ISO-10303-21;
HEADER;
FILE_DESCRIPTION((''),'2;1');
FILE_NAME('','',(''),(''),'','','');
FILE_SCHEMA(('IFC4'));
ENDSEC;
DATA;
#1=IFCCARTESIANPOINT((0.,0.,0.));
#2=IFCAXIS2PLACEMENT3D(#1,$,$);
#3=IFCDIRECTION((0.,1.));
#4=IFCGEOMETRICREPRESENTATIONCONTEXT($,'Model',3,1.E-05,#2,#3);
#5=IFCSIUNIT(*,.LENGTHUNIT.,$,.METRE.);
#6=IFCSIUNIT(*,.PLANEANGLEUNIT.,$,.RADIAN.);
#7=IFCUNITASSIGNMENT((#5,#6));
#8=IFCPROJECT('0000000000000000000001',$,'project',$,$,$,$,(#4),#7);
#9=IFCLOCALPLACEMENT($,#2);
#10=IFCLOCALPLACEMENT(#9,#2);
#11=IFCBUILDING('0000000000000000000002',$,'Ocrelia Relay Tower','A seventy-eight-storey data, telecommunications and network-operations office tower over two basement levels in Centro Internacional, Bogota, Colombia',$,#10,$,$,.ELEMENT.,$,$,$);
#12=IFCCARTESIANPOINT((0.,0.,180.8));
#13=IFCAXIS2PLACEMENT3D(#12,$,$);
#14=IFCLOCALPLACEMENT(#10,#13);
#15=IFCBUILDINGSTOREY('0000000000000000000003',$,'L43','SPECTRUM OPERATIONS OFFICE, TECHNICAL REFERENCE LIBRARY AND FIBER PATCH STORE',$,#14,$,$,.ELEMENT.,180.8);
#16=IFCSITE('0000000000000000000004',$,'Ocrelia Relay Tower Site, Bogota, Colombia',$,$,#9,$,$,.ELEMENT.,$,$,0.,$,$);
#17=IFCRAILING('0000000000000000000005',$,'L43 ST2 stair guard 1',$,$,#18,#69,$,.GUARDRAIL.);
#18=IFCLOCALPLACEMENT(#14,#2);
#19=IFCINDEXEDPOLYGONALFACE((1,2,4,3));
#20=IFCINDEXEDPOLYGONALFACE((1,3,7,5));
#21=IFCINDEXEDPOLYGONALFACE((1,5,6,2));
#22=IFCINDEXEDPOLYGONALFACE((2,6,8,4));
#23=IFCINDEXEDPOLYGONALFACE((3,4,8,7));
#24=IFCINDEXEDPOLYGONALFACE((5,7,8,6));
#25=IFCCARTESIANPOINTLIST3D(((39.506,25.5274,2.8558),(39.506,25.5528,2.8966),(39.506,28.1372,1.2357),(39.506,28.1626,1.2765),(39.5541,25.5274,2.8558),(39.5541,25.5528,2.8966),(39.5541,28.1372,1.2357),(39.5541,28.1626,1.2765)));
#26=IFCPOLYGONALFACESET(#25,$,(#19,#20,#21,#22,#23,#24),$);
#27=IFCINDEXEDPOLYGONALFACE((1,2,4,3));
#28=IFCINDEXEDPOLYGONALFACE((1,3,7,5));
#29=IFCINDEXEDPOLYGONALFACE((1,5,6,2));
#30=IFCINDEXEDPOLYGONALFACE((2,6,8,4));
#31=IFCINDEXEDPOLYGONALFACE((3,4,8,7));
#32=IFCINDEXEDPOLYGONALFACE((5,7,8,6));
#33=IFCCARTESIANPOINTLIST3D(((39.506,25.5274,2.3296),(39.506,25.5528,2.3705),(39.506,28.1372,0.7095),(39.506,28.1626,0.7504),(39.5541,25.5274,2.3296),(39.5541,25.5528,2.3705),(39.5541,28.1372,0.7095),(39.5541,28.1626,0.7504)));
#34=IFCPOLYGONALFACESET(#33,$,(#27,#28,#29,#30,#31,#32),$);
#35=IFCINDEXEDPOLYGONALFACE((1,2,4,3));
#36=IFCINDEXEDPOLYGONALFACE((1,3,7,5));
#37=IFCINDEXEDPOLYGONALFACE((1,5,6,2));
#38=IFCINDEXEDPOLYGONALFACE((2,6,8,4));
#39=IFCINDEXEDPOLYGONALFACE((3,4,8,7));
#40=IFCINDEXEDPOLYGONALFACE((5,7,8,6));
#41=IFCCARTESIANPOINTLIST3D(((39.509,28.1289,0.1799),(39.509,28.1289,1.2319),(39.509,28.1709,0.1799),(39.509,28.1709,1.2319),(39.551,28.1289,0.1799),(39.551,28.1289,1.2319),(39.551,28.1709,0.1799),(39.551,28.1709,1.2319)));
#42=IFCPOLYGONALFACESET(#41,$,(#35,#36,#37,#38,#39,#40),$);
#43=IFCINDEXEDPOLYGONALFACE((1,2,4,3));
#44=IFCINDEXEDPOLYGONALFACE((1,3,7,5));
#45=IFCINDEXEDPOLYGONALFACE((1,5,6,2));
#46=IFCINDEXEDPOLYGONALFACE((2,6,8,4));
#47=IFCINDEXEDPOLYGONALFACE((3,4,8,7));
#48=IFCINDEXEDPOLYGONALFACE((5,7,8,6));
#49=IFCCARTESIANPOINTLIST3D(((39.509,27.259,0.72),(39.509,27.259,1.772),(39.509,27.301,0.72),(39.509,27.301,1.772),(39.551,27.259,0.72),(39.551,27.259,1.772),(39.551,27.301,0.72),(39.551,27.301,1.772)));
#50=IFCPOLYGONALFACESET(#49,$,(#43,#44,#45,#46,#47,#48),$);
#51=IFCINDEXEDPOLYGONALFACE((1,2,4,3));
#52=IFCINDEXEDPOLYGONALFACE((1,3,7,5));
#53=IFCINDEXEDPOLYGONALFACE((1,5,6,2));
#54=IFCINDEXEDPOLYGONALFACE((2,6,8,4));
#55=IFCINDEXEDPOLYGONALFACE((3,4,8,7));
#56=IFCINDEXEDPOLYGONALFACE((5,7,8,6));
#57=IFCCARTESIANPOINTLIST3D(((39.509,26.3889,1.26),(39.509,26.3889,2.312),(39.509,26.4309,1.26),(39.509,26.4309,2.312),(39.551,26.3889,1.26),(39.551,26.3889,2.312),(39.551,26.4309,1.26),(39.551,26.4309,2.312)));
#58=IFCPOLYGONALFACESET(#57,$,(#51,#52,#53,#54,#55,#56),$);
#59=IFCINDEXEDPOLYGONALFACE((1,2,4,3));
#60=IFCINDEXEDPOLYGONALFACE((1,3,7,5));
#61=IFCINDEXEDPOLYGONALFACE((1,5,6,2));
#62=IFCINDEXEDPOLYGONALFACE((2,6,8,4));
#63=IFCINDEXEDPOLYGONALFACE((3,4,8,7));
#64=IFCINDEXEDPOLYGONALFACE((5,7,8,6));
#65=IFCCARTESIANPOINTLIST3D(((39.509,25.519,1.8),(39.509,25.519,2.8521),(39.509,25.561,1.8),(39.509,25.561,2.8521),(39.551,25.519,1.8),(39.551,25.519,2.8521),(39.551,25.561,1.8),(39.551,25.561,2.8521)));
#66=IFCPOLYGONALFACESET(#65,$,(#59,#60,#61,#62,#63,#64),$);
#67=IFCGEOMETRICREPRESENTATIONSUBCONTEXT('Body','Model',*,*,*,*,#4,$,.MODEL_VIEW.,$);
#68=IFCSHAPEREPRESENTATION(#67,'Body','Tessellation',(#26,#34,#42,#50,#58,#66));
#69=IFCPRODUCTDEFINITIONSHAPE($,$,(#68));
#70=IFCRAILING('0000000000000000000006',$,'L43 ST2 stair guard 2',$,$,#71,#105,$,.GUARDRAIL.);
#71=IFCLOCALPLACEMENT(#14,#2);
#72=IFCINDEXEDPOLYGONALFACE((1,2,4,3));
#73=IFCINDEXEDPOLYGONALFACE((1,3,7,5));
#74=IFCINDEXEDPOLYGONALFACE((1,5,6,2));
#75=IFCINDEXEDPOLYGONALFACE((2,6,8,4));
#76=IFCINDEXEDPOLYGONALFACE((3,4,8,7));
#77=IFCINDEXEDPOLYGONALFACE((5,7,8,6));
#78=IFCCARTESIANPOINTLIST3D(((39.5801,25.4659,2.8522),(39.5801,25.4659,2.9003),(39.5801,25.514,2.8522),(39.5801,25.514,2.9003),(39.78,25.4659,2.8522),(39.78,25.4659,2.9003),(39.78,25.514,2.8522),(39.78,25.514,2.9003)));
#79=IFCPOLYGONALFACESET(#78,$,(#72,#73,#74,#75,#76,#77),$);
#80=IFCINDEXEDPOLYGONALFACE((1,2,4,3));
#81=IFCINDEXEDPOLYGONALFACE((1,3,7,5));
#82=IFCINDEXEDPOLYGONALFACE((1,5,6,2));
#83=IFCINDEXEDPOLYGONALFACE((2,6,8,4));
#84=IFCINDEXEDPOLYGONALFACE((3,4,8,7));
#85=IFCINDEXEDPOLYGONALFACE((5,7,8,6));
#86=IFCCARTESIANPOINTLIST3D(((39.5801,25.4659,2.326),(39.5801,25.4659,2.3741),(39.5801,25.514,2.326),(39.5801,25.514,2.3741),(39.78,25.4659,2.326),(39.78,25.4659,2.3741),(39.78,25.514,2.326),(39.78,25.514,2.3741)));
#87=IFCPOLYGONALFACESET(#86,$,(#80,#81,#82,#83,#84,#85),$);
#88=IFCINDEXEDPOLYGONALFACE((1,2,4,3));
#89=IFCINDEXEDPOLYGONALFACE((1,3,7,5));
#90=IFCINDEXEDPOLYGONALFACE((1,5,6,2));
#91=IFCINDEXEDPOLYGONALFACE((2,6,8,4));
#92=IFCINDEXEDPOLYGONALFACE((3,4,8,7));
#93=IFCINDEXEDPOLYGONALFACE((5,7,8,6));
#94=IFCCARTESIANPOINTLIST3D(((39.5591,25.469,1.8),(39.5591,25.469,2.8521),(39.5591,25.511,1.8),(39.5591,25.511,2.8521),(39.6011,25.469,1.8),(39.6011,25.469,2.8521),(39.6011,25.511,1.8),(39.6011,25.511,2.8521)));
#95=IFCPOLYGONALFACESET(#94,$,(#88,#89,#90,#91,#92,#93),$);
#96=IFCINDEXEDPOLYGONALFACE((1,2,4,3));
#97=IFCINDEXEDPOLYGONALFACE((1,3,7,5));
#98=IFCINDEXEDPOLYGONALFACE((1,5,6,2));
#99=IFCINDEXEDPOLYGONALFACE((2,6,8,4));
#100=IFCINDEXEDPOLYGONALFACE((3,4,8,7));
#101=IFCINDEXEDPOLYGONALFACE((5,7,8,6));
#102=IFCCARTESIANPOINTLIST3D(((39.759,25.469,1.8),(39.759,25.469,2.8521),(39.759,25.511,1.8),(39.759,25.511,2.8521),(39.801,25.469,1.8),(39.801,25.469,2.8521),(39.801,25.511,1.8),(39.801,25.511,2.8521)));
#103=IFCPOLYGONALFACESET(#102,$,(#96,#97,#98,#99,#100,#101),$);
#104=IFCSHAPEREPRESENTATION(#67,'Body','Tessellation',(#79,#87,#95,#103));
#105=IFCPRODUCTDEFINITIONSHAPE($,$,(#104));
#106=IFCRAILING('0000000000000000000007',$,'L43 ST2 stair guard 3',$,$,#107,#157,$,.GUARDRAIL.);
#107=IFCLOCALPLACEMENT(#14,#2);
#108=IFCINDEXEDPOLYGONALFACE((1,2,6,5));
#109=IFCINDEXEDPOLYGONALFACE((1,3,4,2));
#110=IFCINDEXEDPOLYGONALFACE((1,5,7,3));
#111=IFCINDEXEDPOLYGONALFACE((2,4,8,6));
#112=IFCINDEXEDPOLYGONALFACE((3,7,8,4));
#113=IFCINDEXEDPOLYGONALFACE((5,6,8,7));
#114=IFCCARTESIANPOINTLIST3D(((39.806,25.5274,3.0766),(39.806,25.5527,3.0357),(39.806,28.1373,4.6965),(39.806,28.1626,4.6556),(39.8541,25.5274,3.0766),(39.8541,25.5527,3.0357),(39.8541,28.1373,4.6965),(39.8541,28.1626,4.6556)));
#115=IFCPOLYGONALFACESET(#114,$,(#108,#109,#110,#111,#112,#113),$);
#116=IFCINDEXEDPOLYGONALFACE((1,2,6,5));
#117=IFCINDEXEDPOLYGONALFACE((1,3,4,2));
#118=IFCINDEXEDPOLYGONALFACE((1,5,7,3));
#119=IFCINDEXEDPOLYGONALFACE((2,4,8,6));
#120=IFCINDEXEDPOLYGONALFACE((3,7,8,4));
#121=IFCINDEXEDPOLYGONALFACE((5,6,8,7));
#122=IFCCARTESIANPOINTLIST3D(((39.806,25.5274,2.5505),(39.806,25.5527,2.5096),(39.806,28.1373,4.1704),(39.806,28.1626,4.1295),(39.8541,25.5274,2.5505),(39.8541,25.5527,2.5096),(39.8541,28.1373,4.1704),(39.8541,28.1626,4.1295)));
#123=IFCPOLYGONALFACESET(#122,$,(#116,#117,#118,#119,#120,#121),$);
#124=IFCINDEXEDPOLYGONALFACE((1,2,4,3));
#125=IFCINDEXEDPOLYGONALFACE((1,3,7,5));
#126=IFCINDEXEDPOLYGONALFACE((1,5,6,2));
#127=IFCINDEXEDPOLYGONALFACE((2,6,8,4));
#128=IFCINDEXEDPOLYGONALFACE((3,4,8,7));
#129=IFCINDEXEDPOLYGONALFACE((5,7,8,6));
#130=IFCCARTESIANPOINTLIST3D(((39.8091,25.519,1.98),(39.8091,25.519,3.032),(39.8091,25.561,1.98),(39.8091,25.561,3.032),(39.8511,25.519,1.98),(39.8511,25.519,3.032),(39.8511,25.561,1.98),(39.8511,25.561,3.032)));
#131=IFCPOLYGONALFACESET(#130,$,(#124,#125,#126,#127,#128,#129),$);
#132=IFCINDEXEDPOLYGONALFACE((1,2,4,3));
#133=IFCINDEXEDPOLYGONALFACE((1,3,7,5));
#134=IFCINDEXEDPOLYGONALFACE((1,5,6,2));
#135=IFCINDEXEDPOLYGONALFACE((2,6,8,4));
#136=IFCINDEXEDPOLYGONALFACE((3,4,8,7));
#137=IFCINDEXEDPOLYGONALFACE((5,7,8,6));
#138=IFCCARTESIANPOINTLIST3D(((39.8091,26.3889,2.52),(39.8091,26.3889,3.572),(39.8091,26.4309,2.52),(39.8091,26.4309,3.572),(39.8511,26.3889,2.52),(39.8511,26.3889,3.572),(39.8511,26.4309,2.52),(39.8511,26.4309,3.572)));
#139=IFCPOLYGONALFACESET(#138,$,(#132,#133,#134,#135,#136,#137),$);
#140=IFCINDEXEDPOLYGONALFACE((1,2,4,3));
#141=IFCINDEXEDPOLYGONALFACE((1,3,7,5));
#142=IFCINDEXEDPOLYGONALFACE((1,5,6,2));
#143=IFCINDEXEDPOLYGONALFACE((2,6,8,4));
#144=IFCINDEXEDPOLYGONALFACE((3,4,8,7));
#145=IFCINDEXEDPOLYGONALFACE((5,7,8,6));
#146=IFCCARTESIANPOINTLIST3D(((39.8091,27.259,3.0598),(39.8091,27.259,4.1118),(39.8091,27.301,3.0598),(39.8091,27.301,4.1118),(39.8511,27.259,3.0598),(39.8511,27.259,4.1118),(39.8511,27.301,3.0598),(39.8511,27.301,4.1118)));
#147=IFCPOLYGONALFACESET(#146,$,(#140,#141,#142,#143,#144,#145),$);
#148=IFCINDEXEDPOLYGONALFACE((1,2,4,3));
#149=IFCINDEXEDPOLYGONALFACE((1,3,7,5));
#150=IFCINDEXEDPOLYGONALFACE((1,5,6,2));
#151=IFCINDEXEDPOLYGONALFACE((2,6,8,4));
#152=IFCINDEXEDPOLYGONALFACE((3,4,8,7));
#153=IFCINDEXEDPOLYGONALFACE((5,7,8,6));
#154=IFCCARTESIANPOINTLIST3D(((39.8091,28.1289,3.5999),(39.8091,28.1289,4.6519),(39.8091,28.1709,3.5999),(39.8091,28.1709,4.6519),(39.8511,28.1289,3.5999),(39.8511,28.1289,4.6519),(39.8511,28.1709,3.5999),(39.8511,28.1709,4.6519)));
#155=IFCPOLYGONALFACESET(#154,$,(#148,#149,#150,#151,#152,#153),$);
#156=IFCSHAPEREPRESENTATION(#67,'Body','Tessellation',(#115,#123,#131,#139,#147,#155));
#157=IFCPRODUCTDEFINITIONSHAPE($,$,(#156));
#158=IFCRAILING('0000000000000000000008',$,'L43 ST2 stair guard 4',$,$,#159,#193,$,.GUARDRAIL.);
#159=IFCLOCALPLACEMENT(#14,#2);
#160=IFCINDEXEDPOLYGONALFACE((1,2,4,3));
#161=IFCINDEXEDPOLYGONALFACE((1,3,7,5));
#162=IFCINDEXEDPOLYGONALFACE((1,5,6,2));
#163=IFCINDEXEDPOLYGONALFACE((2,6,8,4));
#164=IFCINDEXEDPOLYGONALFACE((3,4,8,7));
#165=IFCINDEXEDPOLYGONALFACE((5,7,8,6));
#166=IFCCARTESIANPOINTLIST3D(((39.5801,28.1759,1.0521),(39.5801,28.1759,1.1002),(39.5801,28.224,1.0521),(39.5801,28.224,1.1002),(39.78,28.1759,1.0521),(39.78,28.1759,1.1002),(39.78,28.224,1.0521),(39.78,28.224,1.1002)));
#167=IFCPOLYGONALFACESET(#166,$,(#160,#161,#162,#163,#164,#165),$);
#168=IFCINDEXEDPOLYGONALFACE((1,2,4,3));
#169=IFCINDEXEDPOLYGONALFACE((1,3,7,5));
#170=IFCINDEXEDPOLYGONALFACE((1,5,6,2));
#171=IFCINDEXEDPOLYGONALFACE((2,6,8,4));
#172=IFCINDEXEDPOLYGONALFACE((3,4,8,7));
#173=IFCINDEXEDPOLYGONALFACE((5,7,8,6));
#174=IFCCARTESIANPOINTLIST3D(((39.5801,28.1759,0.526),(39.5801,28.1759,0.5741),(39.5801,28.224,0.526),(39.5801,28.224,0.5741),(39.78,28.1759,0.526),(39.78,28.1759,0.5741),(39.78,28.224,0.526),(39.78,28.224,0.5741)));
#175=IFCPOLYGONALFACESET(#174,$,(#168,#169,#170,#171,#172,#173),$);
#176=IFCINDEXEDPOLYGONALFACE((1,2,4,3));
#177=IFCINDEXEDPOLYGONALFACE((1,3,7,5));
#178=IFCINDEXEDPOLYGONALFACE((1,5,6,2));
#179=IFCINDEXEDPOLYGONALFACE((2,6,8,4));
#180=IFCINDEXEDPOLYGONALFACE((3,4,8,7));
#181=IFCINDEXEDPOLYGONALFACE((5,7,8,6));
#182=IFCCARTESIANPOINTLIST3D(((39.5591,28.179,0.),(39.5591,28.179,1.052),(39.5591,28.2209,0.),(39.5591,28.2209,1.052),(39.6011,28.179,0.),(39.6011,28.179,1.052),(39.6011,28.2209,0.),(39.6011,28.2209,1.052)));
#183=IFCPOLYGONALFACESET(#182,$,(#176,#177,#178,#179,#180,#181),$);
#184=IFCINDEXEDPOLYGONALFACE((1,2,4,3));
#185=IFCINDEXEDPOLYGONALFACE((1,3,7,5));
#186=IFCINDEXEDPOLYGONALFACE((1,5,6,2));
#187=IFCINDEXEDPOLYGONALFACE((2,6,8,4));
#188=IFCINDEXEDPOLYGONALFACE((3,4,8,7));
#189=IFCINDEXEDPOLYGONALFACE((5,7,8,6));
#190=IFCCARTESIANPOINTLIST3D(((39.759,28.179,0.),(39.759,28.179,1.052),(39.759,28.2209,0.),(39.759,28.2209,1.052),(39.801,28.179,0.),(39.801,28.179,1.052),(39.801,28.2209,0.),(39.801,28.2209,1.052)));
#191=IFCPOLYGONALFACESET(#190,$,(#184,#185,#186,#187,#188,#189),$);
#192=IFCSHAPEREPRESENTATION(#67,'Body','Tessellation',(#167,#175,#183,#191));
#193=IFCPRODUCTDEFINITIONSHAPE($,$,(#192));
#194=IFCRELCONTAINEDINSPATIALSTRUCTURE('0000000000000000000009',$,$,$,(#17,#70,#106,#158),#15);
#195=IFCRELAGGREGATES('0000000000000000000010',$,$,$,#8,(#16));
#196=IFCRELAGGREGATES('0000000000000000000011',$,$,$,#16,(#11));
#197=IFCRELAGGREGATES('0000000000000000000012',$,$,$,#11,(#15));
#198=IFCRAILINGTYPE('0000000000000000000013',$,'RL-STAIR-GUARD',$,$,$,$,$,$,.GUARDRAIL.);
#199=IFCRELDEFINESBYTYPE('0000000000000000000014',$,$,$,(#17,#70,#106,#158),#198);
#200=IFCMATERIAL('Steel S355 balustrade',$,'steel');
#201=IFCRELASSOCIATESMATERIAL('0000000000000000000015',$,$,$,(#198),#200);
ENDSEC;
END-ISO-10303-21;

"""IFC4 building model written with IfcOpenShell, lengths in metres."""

from ifc_helpers import new_model, si_unit, direction, frame, origin, origin_2d, place, context, subcontext, project, spatial, rectangle, extrude, material, type_object, element, save


model = new_model("IFC4")

# Units and contexts
model_context = context("Model", 3, precision=1e-05, world=origin(), true_north=direction((0.0, 1.0)))
body_context = subcontext(model_context, "Body", "Model", "MODEL_VIEW")
ifc_project = project(units=[si_unit("LENGTHUNIT", "METRE"), si_unit("PLANEANGLEUNIT", "RADIAN")], contexts=[model_context])

# Site, building, storey
site_placement = place(None, origin())
site = spatial("IfcSite", under=ifc_project, at=site_placement, Name="Ocrelia Relay Tower Site, Bogota, Colombia", CompositionType="ELEMENT", RefElevation=0.0)
building_placement = place(site_placement, origin())
building = spatial("IfcBuilding", under=site, at=building_placement, Name="Ocrelia Relay Tower", Description="A seventy-eight-storey data, telecommunications and network-operations office tower over two basement levels in Centro Internacional, Bogota, Colombia", CompositionType="ELEMENT")
storey_placement = place(building_placement, frame((0.0, 0.0, 180.8)))
storey = spatial("IfcBuildingStorey", under=building, at=storey_placement, Name="L43", Description="SPECTRUM OPERATIONS OFFICE, TECHNICAL REFERENCE LIBRARY AND FIBER PATCH STORE", CompositionType="ELEMENT", Elevation=180.8)

# Railings
ifc_material_1 = material(Name="Steel S355 balustrade", Category="steel")
railing_type_1 = type_object("IfcRailingType", Name="RL-STAIR-GUARD", PredefinedType="GUARDRAIL", material=ifc_material_1)
railing_1_placement = place(storey_placement, frame((39.53, 28.1499, 0.1799)))
element("IfcRailing", 1, at=railing_1_placement, inside=storey, type_object=railing_type_1, Name="L43 ST2 stair guard 1", PredefinedType="GUARDRAIL", context=body_context, shape_type="SweptSolid", body=[
    extrude(rectangle(XDim=0.0481, YDim=0.0481, at=origin_2d()), frame((0.0, 0.0, 1.0762), z_axis=(0.0, -0.849611, 0.52741), x_axis=(1.0, 0.0, 0.0)), (0.0, 0.0, 1.0), 3.0718),
    extrude(rectangle(XDim=0.0481, YDim=0.0481, at=origin_2d()), frame((0.0, 0.0, 0.55), z_axis=(0.0, -0.849611, 0.52741), x_axis=(1.0, 0.0, 0.0)), (0.0, 0.0, 1.0), 3.0718),
    extrude(rectangle(XDim=0.042, YDim=0.042, at=origin_2d()), origin(), (0.0, 0.0, 1.0), 1.052),
    extrude(rectangle(XDim=0.042, YDim=0.042, at=origin_2d()), frame((0.0, -0.8699, 0.54)), (0.0, 0.0, 1.0), 1.052),
    extrude(rectangle(XDim=0.042, YDim=0.042, at=origin_2d()), frame((0.0, -1.74, 1.0801)), (0.0, 0.0, 1.0), 1.052),
    extrude(rectangle(XDim=0.042, YDim=0.042, at=origin_2d()), frame((0.0, -2.6099, 1.6201)), (0.0, 0.0, 1.0), 1.052),
])
railing_2_placement = place(storey_placement, frame((39.5801, 25.49, 1.8)))
element("IfcRailing", 2, at=railing_2_placement, inside=storey, type_object=railing_type_1, Name="L43 ST2 stair guard 2", PredefinedType="GUARDRAIL", context=body_context, shape_type="SweptSolid", body=[
    extrude(rectangle(XDim=0.0481, YDim=0.0481, at=origin_2d()), frame((0.0, 0.0, 1.0762), z_axis=(1.0, 0.0, 0.0), x_axis=(0.0, 1.0, 0.0)), (0.0, 0.0, 1.0), 0.2),
    extrude(rectangle(XDim=0.0481, YDim=0.0481, at=origin_2d()), frame((0.0, 0.0, 0.55), z_axis=(1.0, 0.0, 0.0), x_axis=(0.0, 1.0, 0.0)), (0.0, 0.0, 1.0), 0.2),
    extrude(rectangle(XDim=0.042, YDim=0.042, at=origin_2d()), origin(), (0.0, 0.0, 1.0), 1.052),
    extrude(rectangle(XDim=0.042, YDim=0.042, at=origin_2d()), frame((0.2, 0.0, 0.0)), (0.0, 0.0, 1.0), 1.052),
])
railing_3_placement = place(storey_placement, frame((39.8301, 25.54, 1.98)))
element("IfcRailing", 3, at=railing_3_placement, inside=storey, type_object=railing_type_1, Name="L43 ST2 stair guard 3", PredefinedType="GUARDRAIL", context=body_context, shape_type="SweptSolid", body=[
    extrude(rectangle(XDim=0.0481, YDim=0.0481, at=origin_2d()), frame((0.0, 0.0, 1.0762), z_axis=(0.0, 0.849646, 0.527353), x_axis=(-1.0, 0.0, 0.0)), (0.0, 0.0, 1.0), 3.0718),
    extrude(rectangle(XDim=0.0481, YDim=0.0481, at=origin_2d()), frame((0.0, 0.0, 0.55), z_axis=(0.0, 0.849646, 0.527353), x_axis=(-1.0, 0.0, 0.0)), (0.0, 0.0, 1.0), 3.0718),
    extrude(rectangle(XDim=0.042, YDim=0.042, at=origin_2d()), origin(), (0.0, 0.0, 1.0), 1.052),
    extrude(rectangle(XDim=0.042, YDim=0.042, at=origin_2d()), frame((0.0, 0.8699, 0.54)), (0.0, 0.0, 1.0), 1.052),
    extrude(rectangle(XDim=0.042, YDim=0.042, at=origin_2d()), frame((0.0, 1.74, 1.0798)), (0.0, 0.0, 1.0), 1.052),
    extrude(rectangle(XDim=0.042, YDim=0.042, at=origin_2d()), frame((0.0, 2.6099, 1.6199)), (0.0, 0.0, 1.0), 1.052),
])
railing_4_placement = place(storey_placement, frame((39.5801, 28.2, 0.0)))
element("IfcRailing", 4, at=railing_4_placement, inside=storey, type_object=railing_type_1, Name="L43 ST2 stair guard 4", PredefinedType="GUARDRAIL", context=body_context, shape_type="SweptSolid", body=[
    extrude(rectangle(XDim=0.0481, YDim=0.0481, at=origin_2d()), frame((0.0, 0.0, 1.0762), z_axis=(1.0, 0.0, 0.0), x_axis=(0.0, 1.0, 0.0)), (0.0, 0.0, 1.0), 0.2),
    extrude(rectangle(XDim=0.0481, YDim=0.0481, at=origin_2d()), frame((0.0, 0.0, 0.55), z_axis=(1.0, 0.0, 0.0), x_axis=(0.0, 1.0, 0.0)), (0.0, 0.0, 1.0), 0.2),
    extrude(rectangle(XDim=0.042, YDim=0.042, at=origin_2d()), origin(), (0.0, 0.0, 1.0), 1.052),
    extrude(rectangle(XDim=0.042, YDim=0.042, at=origin_2d()), frame((0.2, 0.0, 0.0)), (0.0, 0.0, 1.0), 1.052),
])

save(model, "model.ifc")
